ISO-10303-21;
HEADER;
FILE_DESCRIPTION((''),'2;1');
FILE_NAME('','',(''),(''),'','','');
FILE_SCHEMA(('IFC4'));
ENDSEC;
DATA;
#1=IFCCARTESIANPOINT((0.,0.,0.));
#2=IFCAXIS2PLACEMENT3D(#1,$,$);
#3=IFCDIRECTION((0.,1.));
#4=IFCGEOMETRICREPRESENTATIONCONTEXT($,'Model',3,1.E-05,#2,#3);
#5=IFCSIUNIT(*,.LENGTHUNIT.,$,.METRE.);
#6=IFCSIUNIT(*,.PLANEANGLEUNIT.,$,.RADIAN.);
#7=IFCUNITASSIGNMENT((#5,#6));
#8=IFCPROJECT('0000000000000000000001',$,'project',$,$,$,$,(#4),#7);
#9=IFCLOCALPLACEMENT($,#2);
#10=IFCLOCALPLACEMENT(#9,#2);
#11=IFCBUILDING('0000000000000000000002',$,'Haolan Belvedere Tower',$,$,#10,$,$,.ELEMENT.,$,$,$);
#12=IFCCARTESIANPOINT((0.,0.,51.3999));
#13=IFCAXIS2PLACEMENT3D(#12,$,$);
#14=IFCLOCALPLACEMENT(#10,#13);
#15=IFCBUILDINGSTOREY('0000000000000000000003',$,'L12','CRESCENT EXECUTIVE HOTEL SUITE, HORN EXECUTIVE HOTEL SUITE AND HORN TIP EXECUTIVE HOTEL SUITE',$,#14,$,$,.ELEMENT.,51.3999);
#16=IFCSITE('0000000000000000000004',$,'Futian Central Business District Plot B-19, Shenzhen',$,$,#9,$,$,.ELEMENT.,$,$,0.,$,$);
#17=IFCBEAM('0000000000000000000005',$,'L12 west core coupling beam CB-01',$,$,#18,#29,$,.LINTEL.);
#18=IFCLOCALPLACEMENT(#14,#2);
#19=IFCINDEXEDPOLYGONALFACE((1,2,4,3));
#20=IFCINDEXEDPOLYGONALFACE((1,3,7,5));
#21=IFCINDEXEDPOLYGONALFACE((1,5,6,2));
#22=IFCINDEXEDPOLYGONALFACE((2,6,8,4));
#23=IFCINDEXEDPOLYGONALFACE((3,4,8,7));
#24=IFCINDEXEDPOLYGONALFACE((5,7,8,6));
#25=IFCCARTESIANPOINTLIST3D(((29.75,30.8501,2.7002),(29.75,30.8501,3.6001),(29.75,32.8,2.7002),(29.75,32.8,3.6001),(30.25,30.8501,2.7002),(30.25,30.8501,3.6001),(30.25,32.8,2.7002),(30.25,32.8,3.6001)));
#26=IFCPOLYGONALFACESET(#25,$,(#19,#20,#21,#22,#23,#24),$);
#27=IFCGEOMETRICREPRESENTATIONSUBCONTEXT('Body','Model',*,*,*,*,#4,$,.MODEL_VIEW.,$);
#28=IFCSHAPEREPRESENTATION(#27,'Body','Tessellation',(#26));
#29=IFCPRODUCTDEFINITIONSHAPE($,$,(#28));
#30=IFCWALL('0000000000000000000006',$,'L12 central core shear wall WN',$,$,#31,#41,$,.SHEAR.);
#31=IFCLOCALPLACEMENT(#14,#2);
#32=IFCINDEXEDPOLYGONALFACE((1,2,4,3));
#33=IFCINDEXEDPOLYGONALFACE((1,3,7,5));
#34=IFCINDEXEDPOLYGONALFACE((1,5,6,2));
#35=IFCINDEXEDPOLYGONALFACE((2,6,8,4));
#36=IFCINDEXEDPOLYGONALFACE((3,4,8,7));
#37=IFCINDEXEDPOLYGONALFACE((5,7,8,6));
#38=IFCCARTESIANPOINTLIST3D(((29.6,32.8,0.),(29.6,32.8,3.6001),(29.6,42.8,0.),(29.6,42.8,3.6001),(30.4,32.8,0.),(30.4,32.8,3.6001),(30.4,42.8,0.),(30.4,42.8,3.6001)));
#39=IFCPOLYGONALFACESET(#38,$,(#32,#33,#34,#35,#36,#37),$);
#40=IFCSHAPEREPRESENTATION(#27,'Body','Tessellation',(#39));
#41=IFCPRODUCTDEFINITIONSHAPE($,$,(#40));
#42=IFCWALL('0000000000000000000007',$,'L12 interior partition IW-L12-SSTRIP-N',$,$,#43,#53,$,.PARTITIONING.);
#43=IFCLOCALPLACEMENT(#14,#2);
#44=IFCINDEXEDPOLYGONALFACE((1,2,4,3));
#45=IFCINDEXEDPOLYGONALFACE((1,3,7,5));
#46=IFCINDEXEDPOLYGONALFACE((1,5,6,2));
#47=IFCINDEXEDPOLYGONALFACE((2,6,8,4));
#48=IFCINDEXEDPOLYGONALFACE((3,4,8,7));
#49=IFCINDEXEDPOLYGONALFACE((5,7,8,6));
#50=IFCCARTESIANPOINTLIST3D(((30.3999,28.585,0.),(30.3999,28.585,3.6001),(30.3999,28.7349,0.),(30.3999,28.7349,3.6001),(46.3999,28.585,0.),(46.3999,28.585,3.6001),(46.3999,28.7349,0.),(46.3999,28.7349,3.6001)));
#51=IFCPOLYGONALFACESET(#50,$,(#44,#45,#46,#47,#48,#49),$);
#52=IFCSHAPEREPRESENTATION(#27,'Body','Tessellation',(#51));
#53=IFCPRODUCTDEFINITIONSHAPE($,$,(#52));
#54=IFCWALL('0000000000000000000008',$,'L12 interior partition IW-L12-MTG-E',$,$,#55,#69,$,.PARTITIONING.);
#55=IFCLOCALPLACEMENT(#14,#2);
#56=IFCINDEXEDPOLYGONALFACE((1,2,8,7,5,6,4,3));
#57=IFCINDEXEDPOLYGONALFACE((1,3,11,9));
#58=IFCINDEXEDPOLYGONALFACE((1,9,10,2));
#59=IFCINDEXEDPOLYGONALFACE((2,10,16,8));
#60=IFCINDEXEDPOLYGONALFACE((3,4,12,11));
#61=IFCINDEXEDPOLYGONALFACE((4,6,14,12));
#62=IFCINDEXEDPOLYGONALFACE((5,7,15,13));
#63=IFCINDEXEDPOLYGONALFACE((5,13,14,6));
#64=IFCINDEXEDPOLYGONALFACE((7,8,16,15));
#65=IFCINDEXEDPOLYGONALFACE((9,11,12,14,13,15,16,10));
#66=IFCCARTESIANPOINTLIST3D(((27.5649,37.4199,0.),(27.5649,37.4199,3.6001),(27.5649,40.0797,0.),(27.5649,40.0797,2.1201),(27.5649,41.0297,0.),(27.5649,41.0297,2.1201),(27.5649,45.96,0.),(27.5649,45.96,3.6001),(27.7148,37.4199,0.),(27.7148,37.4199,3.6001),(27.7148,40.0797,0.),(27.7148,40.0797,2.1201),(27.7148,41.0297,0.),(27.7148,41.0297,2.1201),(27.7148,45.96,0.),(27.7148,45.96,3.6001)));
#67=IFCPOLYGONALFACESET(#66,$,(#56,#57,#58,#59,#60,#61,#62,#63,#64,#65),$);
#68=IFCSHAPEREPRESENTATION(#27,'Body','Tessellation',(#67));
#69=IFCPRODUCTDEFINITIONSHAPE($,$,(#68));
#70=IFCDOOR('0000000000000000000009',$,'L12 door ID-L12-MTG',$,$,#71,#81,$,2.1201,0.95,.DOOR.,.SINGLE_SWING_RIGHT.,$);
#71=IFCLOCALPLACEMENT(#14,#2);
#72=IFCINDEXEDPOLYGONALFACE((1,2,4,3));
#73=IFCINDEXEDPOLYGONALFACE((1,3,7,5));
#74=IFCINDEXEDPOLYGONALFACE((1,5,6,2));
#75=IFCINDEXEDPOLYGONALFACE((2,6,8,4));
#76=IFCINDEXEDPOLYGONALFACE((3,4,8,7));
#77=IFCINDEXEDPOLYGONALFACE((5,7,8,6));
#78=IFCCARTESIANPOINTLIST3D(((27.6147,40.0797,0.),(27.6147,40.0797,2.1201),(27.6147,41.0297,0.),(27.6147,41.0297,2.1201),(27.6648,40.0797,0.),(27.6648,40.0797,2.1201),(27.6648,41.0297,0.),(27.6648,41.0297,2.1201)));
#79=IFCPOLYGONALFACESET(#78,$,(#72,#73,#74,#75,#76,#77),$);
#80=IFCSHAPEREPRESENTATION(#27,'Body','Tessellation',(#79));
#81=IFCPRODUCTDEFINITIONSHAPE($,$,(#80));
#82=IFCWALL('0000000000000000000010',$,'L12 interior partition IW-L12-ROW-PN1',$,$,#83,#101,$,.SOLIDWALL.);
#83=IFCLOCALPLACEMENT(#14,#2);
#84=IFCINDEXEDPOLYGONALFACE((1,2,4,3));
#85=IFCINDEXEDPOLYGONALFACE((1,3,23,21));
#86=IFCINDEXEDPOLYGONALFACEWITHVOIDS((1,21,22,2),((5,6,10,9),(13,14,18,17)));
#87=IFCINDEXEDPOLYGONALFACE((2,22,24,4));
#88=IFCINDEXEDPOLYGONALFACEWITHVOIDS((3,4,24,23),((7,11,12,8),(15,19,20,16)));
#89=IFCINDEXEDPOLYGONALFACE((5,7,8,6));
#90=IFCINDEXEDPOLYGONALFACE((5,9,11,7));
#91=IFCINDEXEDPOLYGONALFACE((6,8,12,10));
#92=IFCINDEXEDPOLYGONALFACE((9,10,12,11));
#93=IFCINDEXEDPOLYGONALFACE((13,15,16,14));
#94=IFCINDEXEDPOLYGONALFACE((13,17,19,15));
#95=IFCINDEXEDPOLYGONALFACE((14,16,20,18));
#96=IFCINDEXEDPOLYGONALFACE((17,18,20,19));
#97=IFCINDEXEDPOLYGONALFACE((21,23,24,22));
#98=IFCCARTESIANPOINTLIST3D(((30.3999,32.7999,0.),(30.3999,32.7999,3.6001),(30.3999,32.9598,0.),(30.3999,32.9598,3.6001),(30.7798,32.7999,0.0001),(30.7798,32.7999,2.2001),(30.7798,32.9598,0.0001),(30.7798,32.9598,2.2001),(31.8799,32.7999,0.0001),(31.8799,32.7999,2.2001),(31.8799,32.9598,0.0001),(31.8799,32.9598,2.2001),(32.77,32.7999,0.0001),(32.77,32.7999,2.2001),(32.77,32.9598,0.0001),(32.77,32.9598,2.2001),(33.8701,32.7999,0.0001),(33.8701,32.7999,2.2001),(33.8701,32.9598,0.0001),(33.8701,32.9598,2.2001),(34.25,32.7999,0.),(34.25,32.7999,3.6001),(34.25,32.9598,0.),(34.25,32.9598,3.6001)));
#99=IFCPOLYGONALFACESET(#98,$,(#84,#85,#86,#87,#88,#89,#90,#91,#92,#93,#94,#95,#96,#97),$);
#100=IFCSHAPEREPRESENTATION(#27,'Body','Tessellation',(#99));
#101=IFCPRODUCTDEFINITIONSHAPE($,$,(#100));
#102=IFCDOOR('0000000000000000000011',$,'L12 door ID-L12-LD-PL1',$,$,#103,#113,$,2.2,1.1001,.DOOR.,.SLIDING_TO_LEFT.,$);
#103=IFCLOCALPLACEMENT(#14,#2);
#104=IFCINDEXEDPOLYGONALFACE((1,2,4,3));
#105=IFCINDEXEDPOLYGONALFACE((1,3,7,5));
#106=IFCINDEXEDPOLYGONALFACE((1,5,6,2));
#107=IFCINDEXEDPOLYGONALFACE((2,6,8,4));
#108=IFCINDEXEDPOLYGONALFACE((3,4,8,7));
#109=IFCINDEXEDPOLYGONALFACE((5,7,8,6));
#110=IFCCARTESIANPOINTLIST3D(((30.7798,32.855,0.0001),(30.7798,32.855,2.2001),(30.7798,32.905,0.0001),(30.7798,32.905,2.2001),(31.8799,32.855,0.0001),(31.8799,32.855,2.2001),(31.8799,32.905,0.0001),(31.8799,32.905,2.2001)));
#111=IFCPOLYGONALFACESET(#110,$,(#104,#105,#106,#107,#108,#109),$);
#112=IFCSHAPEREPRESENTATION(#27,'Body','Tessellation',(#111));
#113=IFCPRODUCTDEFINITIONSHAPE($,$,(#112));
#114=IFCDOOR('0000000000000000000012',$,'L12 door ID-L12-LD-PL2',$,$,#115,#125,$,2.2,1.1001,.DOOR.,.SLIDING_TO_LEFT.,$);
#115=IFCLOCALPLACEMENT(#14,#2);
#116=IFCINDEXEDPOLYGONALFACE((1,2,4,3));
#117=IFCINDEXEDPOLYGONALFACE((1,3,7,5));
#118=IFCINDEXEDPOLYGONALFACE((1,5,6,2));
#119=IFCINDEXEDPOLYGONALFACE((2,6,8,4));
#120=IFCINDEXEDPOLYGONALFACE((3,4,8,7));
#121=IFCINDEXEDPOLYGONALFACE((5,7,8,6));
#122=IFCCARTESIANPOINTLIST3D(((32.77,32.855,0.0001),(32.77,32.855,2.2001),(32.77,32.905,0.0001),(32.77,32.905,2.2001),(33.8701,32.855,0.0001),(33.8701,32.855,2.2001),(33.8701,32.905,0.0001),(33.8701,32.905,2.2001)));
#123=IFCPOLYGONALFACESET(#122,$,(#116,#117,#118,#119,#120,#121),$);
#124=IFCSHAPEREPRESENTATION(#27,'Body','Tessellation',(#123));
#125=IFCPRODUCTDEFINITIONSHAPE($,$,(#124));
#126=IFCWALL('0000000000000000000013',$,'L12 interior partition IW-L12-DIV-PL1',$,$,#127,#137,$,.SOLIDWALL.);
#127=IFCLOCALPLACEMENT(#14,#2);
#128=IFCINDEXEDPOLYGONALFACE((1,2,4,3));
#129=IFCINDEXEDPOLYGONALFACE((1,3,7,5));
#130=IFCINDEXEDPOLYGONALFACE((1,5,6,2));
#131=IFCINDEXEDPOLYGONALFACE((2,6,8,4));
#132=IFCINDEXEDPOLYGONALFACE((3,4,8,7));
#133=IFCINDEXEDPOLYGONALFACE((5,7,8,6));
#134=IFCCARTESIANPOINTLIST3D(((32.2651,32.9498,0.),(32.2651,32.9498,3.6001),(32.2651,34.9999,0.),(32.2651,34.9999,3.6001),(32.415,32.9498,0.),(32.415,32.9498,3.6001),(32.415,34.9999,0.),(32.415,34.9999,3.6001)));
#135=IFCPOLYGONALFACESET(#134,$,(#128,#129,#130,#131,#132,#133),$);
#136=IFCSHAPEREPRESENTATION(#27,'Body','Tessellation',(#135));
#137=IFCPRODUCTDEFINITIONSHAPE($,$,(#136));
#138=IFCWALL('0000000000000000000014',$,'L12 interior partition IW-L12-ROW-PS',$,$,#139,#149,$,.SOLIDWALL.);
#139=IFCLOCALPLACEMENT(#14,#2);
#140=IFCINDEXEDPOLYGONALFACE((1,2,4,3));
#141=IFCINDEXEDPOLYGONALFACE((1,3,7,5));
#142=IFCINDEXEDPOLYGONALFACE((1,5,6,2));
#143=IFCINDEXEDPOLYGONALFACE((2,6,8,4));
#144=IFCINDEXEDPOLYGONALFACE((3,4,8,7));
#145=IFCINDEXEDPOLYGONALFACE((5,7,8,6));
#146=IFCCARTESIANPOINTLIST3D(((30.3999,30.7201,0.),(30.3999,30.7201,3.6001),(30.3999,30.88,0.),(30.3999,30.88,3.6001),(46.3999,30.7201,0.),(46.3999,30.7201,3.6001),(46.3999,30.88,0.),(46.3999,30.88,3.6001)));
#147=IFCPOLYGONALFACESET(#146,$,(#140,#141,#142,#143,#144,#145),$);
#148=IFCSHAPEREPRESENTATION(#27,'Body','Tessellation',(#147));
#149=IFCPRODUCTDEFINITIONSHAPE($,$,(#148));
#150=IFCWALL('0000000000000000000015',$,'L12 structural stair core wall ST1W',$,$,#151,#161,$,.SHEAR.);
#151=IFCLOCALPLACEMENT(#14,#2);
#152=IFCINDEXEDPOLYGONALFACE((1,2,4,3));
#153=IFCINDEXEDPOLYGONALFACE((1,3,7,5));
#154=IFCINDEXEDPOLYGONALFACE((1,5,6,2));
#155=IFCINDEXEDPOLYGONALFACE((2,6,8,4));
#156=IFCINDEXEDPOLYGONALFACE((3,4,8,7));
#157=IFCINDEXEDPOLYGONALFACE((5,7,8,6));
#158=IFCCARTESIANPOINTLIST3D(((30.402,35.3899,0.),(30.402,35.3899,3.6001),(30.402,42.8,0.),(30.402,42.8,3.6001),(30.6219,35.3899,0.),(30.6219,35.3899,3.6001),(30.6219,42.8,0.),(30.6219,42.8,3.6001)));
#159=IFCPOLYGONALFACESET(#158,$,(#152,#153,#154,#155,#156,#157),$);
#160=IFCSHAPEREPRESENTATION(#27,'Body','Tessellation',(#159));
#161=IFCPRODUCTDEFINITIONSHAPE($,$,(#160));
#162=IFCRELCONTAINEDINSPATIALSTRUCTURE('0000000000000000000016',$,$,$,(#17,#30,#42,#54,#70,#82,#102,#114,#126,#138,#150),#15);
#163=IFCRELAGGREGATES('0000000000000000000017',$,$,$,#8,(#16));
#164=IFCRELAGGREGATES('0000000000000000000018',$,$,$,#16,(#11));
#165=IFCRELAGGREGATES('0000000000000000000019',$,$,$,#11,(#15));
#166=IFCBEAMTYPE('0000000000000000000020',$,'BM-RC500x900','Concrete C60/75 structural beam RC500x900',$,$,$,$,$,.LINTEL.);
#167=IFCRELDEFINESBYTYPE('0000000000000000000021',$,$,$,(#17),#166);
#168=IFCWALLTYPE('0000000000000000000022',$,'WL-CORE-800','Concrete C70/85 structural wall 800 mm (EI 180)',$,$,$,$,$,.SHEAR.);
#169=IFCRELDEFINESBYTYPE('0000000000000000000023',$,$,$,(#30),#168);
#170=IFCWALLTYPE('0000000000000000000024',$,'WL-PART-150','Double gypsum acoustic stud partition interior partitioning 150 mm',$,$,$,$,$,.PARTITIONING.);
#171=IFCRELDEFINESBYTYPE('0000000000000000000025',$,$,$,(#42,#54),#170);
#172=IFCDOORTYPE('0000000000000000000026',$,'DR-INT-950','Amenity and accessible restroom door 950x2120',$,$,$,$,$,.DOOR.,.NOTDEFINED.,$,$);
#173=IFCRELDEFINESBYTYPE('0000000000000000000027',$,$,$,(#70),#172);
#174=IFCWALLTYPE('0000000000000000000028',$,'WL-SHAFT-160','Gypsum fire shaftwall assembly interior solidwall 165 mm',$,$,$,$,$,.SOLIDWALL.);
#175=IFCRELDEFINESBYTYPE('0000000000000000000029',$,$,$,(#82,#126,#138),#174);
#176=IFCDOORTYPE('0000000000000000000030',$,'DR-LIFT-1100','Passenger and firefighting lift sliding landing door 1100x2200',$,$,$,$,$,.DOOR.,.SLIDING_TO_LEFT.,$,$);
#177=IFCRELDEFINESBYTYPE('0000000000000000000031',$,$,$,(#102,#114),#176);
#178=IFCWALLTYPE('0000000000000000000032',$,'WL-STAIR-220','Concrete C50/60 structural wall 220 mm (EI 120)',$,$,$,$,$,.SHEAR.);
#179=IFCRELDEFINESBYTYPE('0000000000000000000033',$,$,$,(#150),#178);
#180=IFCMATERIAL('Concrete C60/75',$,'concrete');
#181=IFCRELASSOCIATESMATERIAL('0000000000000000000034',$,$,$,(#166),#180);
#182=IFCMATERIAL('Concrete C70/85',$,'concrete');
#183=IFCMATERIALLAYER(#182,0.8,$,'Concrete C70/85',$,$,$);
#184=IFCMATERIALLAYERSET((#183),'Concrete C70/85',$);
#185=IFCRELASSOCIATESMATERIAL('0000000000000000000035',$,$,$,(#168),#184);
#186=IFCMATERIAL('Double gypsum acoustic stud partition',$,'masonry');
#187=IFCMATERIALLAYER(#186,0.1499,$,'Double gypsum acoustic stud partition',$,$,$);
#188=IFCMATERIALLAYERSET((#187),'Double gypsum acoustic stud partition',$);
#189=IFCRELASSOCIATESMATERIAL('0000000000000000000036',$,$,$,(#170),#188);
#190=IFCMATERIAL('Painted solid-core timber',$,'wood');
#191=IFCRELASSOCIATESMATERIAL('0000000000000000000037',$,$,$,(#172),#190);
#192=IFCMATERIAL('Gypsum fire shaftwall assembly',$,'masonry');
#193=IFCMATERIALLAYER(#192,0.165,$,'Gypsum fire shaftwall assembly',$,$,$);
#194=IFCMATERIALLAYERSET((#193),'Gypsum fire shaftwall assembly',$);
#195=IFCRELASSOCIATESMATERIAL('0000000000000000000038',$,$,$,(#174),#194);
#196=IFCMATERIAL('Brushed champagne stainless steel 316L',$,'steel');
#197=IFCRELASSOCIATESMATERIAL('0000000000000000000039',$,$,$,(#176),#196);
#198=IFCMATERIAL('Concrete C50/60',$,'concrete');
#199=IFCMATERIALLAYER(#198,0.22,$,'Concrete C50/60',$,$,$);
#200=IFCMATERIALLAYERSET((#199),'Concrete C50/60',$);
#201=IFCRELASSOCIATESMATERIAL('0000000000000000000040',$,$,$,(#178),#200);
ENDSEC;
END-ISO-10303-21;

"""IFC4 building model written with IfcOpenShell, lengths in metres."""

from ifc_helpers import new_model, si_unit, direction, frame, frame_2d, origin, origin_2d, place, context, subcontext, project, spatial, rectangle, extrude, material, layer, layer_set, material_profile, profile_set, type_object, element, fill, save


model = new_model("IFC4")

# Units and contexts
model_context = context("Model", 3, precision=1e-05, world=origin(), true_north=direction((0.0, 1.0)))
body_context = subcontext(model_context, "Body", "Model", "MODEL_VIEW")
ifc_project = project(units=[si_unit("LENGTHUNIT", "METRE"), si_unit("PLANEANGLEUNIT", "RADIAN")], contexts=[model_context])

# Site, building, storey
site_placement = place(None, origin())
site = spatial("IfcSite", under=ifc_project, at=site_placement, Name="Futian Central Business District Plot B-19, Shenzhen", CompositionType="ELEMENT", RefElevation=0.0)
building_placement = place(site_placement, origin())
building = spatial("IfcBuilding", under=site, at=building_placement, Name="Haolan Belvedere Tower", CompositionType="ELEMENT")
storey_placement = place(building_placement, frame((0.0, 0.0, 51.3999)))
storey = spatial("IfcBuildingStorey", under=building, at=storey_placement, Name="L12", Description="CRESCENT EXECUTIVE HOTEL SUITE, HORN EXECUTIVE HOTEL SUITE AND HORN TIP EXECUTIVE HOTEL SUITE", CompositionType="ELEMENT", Elevation=51.3999)

# Beam
ifc_material_1 = material(Name="Concrete C60/75", Category="concrete")
ifc_material_profile = material_profile(ifc_material_1, rectangle(XDim=0.5, YDim=0.8999, at=origin_2d()), Name="Concrete C60/75")
ifc_profile_set = profile_set([ifc_material_profile], Name="Concrete C60/75")
beam_type = type_object("IfcBeamType", Name="BM-RC500x900", Description="Concrete C60/75 structural beam RC500x900", PredefinedType="LINTEL", material=ifc_profile_set)
beam_placement = place(storey_placement, frame((30.0, 30.8501, 3.1501), z_axis=(0.0, 1.0, 0.0), x_axis=(-1.0, 0.0, 0.0)))
element("IfcBeam", 1, at=beam_placement, inside=storey, type_object=beam_type, Name="L12 west core coupling beam CB-01", PredefinedType="LINTEL", context=body_context, shape_type="SweptSolid", body=[
    extrude(rectangle(XDim=0.5, YDim=0.8999, at=origin_2d()), origin(), (0.0, 0.0, 1.0), 1.95),
])

# Walls
ifc_material_2 = material(Name="Concrete C70/85", Category="concrete")
ifc_layer_1 = layer(ifc_material_2, 0.8, Name="Concrete C70/85")
ifc_layer_set_1 = layer_set([ifc_layer_1], Name="Concrete C70/85")
wall_type_1 = type_object("IfcWallType", Name="WL-CORE-800", Description="Concrete C70/85 structural wall 800 mm (EI 180)", PredefinedType="SHEAR", material=ifc_layer_set_1)
wall_1_placement = place(storey_placement, frame((30.0, 32.8, 0.0), z_axis=(0.0, 0.0, 1.0), x_axis=(0.0, 1.0, 0.0)))
element("IfcWall", 2, at=wall_1_placement, inside=storey, type_object=wall_type_1, Name="L12 central core shear wall WN", PredefinedType="SHEAR", context=body_context, shape_type="SweptSolid", body=[
    extrude(rectangle(XDim=10.0, YDim=0.8, at=frame_2d((5.0, 0.0))), origin(), (0.0, 0.0, 1.0), 3.6001),
])
ifc_material_3 = material(Name="Double gypsum acoustic stud partition", Category="masonry")
ifc_layer_2 = layer(ifc_material_3, 0.1499, Name="Double gypsum acoustic stud partition")
ifc_layer_set_2 = layer_set([ifc_layer_2], Name="Double gypsum acoustic stud partition")
wall_type_2 = type_object("IfcWallType", Name="WL-PART-150", Description="Double gypsum acoustic stud partition interior partitioning 150 mm", PredefinedType="PARTITIONING", material=ifc_layer_set_2)
wall_2_placement = place(storey_placement, frame((30.3999, 28.6599, 0.0), z_axis=(0.0, 0.0, 1.0), x_axis=(1.0, 0.0, 0.0)))
element("IfcWall", 3, at=wall_2_placement, inside=storey, type_object=wall_type_2, Name="L12 interior partition IW-L12-SSTRIP-N", PredefinedType="PARTITIONING", context=body_context, shape_type="SweptSolid", body=[
    extrude(rectangle(XDim=16.0, YDim=0.1499, at=frame_2d((8.0, 0.0))), origin(), (0.0, 0.0, 1.0), 3.6001),
])

# Wall, opening, door
ifc_material_4 = material(Name="Painted solid-core timber", Category="wood")
door_type_1 = type_object("IfcDoorType", Name="DR-INT-950", Description="Amenity and accessible restroom door 950x2120", OperationType="NOTDEFINED", PredefinedType="DOOR", material=ifc_material_4)
wall_3_placement = place(storey_placement, frame((27.6399, 37.4199, 0.0), z_axis=(0.0, 0.0, 1.0), x_axis=(0.0, 1.0, 0.0)))
wall_3 = element("IfcWall", 4, at=wall_3_placement, inside=storey, type_object=wall_type_2, Name="L12 interior partition IW-L12-MTG-E", PredefinedType="PARTITIONING", context=body_context, shape_type="SweptSolid", body=[
    extrude(rectangle(XDim=8.54, YDim=0.1499, at=frame_2d((4.27, 0.0))), origin(), (0.0, 0.0, 1.0), 3.6001),
])
opening_1_placement = place(wall_3_placement, frame((3.6099, 0.0, 0.0), z_axis=(0.0, 0.0, 1.0), x_axis=(-1.0, 0.0, 0.0)))
opening_1 = element("IfcOpeningElement", 5, at=opening_1_placement, cuts=wall_3, PredefinedType="OPENING", context=body_context, shape_type="SweptSolid", body=[
    extrude(rectangle(XDim=0.95, YDim=2.1201, at=frame_2d((0.4751, 1.0601))), frame((0.0, 0.085, 0.0), z_axis=(0.0, -1.0, 0.0), x_axis=(1.0, 0.0, 0.0)), (0.0, 0.0, 1.0), 0.1699),
])
door_1_placement = place(opening_1_placement, origin())
door_1 = element("IfcDoor", 6, at=door_1_placement, inside=storey, type_object=door_type_1, Name="L12 door ID-L12-MTG", OperationType="SINGLE_SWING_RIGHT", OverallHeight=2.1201, OverallWidth=0.95, PredefinedType="DOOR", context=body_context, shape_type="SweptSolid", body=[
    extrude(rectangle(XDim=0.95, YDim=2.1201, at=frame_2d((0.4751, 1.0601))), frame((0.0, 0.0249, 0.0), z_axis=(0.0, -1.0, 0.0), x_axis=(1.0, 0.0, 0.0)), (0.0, 0.0, 1.0), 0.05),
])
fill(opening_1, door_1)

# Wall, openings, doors
ifc_material_5 = material(Name="Gypsum fire shaftwall assembly", Category="masonry")
ifc_layer_3 = layer(ifc_material_5, 0.165, Name="Gypsum fire shaftwall assembly")
ifc_layer_set_3 = layer_set([ifc_layer_3], Name="Gypsum fire shaftwall assembly")
wall_type_3 = type_object("IfcWallType", Name="WL-SHAFT-160", Description="Gypsum fire shaftwall assembly interior solidwall 165 mm", PredefinedType="SOLIDWALL", material=ifc_layer_set_3)
wall_4_placement = place(storey_placement, frame((30.3999, 32.8799, 0.0), z_axis=(0.0, 0.0, 1.0), x_axis=(1.0, 0.0, 0.0)))
wall_4 = element("IfcWall", 7, at=wall_4_placement, inside=storey, type_object=wall_type_3, Name="L12 interior partition IW-L12-ROW-PN1", PredefinedType="SOLIDWALL", context=body_context, shape_type="SweptSolid", body=[
    extrude(rectangle(XDim=3.8501, YDim=0.1599, at=frame_2d((1.925, 0.0))), origin(), (0.0, 0.0, 1.0), 3.6001),
])
opening_2_placement = place(wall_4_placement, frame((1.48, 0.0, 0.0), z_axis=(0.0, 0.0, 1.0), x_axis=(-1.0, 0.0, 0.0)))
opening_2 = element("IfcOpeningElement", 8, at=opening_2_placement, cuts=wall_4, PredefinedType="OPENING", context=body_context, shape_type="SweptSolid", body=[
    extrude(rectangle(XDim=1.1001, YDim=2.2, at=frame_2d((0.55, 1.1001))), frame((0.0, 0.0898, 0.0), z_axis=(0.0, -1.0, 0.0), x_axis=(1.0, 0.0, 0.0)), (0.0, 0.0, 1.0), 0.1799),
])
opening_3_placement = place(wall_4_placement, frame((3.4702, 0.0, 0.0), z_axis=(0.0, 0.0, 1.0), x_axis=(-1.0, 0.0, 0.0)))
opening_3 = element("IfcOpeningElement", 9, at=opening_3_placement, cuts=wall_4, PredefinedType="OPENING", context=body_context, shape_type="SweptSolid", body=[
    extrude(rectangle(XDim=1.1001, YDim=2.2, at=frame_2d((0.55, 1.1001))), frame((0.0, 0.0898, 0.0), z_axis=(0.0, -1.0, 0.0), x_axis=(1.0, 0.0, 0.0)), (0.0, 0.0, 1.0), 0.1799),
])
ifc_material_6 = material(Name="Brushed champagne stainless steel 316L", Category="steel")
door_type_2 = type_object("IfcDoorType", Name="DR-LIFT-1100", Description="Passenger and firefighting lift sliding landing door 1100x2200", OperationType="SLIDING_TO_LEFT", PredefinedType="DOOR", material=ifc_material_6)
door_2_placement = place(opening_2_placement, origin())
door_2 = element("IfcDoor", 10, at=door_2_placement, inside=storey, type_object=door_type_2, Name="L12 door ID-L12-LD-PL1", OperationType="SLIDING_TO_LEFT", OverallHeight=2.2, OverallWidth=1.1001, PredefinedType="DOOR", context=body_context, shape_type="SweptSolid", body=[
    extrude(rectangle(XDim=1.1001, YDim=2.2, at=frame_2d((0.55, 1.1001))), frame((0.0, 0.0249, 0.0), z_axis=(0.0, -1.0, 0.0), x_axis=(1.0, 0.0, 0.0)), (0.0, 0.0, 1.0), 0.05),
])
fill(opening_2, door_2)
door_3_placement = place(opening_3_placement, origin())
door_3 = element("IfcDoor", 11, at=door_3_placement, inside=storey, type_object=door_type_2, Name="L12 door ID-L12-LD-PL2", OperationType="SLIDING_TO_LEFT", OverallHeight=2.2, OverallWidth=1.1001, PredefinedType="DOOR", context=body_context, shape_type="SweptSolid", body=[
    extrude(rectangle(XDim=1.1001, YDim=2.2, at=frame_2d((0.55, 1.1001))), frame((0.0, 0.0249, 0.0), z_axis=(0.0, -1.0, 0.0), x_axis=(1.0, 0.0, 0.0)), (0.0, 0.0, 1.0), 0.05),
])
fill(opening_3, door_3)

# Walls
wall_5_placement = place(storey_placement, frame((32.3401, 32.95, 0.0), z_axis=(0.0, 0.0, 1.0), x_axis=(0.0, 1.0, 0.0)))
element("IfcWall", 12, at=wall_5_placement, inside=storey, type_object=wall_type_3, Name="L12 interior partition IW-L12-DIV-PL1", PredefinedType="SOLIDWALL", context=body_context, shape_type="SweptSolid", body=[
    extrude(rectangle(XDim=2.05, YDim=0.1499, at=frame_2d((1.0249, 0.0))), origin(), (0.0, 0.0, 1.0), 3.6001),
])
wall_6_placement = place(storey_placement, frame((30.3999, 30.8, 0.0), z_axis=(0.0, 0.0, 1.0), x_axis=(1.0, 0.0, 0.0)))
element("IfcWall", 13, at=wall_6_placement, inside=storey, type_object=wall_type_3, Name="L12 interior partition IW-L12-ROW-PS", PredefinedType="SOLIDWALL", context=body_context, shape_type="SweptSolid", body=[
    extrude(rectangle(XDim=16.0, YDim=0.1599, at=frame_2d((8.0, 0.0))), origin(), (0.0, 0.0, 1.0), 3.6001),
])
ifc_material_7 = material(Name="Concrete C50/60", Category="concrete")
ifc_layer_4 = layer(ifc_material_7, 0.22, Name="Concrete C50/60")
ifc_layer_set_4 = layer_set([ifc_layer_4], Name="Concrete C50/60")
wall_type_4 = type_object("IfcWallType", Name="WL-STAIR-220", Description="Concrete C50/60 structural wall 220 mm (EI 120)", PredefinedType="SHEAR", material=ifc_layer_set_4)
wall_7_placement = place(storey_placement, frame((30.512, 35.3899, 0.0), z_axis=(0.0, 0.0, 1.0), x_axis=(0.0, 1.0, 0.0)))
element("IfcWall", 14, at=wall_7_placement, inside=storey, type_object=wall_type_4, Name="L12 structural stair core wall ST1W", PredefinedType="SHEAR", context=body_context, shape_type="SweptSolid", body=[
    extrude(rectangle(XDim=7.4102, YDim=0.22, at=frame_2d((3.7051, 0.0))), origin(), (0.0, 0.0, 1.0), 3.6001),
])

save(model, "model.ifc")
